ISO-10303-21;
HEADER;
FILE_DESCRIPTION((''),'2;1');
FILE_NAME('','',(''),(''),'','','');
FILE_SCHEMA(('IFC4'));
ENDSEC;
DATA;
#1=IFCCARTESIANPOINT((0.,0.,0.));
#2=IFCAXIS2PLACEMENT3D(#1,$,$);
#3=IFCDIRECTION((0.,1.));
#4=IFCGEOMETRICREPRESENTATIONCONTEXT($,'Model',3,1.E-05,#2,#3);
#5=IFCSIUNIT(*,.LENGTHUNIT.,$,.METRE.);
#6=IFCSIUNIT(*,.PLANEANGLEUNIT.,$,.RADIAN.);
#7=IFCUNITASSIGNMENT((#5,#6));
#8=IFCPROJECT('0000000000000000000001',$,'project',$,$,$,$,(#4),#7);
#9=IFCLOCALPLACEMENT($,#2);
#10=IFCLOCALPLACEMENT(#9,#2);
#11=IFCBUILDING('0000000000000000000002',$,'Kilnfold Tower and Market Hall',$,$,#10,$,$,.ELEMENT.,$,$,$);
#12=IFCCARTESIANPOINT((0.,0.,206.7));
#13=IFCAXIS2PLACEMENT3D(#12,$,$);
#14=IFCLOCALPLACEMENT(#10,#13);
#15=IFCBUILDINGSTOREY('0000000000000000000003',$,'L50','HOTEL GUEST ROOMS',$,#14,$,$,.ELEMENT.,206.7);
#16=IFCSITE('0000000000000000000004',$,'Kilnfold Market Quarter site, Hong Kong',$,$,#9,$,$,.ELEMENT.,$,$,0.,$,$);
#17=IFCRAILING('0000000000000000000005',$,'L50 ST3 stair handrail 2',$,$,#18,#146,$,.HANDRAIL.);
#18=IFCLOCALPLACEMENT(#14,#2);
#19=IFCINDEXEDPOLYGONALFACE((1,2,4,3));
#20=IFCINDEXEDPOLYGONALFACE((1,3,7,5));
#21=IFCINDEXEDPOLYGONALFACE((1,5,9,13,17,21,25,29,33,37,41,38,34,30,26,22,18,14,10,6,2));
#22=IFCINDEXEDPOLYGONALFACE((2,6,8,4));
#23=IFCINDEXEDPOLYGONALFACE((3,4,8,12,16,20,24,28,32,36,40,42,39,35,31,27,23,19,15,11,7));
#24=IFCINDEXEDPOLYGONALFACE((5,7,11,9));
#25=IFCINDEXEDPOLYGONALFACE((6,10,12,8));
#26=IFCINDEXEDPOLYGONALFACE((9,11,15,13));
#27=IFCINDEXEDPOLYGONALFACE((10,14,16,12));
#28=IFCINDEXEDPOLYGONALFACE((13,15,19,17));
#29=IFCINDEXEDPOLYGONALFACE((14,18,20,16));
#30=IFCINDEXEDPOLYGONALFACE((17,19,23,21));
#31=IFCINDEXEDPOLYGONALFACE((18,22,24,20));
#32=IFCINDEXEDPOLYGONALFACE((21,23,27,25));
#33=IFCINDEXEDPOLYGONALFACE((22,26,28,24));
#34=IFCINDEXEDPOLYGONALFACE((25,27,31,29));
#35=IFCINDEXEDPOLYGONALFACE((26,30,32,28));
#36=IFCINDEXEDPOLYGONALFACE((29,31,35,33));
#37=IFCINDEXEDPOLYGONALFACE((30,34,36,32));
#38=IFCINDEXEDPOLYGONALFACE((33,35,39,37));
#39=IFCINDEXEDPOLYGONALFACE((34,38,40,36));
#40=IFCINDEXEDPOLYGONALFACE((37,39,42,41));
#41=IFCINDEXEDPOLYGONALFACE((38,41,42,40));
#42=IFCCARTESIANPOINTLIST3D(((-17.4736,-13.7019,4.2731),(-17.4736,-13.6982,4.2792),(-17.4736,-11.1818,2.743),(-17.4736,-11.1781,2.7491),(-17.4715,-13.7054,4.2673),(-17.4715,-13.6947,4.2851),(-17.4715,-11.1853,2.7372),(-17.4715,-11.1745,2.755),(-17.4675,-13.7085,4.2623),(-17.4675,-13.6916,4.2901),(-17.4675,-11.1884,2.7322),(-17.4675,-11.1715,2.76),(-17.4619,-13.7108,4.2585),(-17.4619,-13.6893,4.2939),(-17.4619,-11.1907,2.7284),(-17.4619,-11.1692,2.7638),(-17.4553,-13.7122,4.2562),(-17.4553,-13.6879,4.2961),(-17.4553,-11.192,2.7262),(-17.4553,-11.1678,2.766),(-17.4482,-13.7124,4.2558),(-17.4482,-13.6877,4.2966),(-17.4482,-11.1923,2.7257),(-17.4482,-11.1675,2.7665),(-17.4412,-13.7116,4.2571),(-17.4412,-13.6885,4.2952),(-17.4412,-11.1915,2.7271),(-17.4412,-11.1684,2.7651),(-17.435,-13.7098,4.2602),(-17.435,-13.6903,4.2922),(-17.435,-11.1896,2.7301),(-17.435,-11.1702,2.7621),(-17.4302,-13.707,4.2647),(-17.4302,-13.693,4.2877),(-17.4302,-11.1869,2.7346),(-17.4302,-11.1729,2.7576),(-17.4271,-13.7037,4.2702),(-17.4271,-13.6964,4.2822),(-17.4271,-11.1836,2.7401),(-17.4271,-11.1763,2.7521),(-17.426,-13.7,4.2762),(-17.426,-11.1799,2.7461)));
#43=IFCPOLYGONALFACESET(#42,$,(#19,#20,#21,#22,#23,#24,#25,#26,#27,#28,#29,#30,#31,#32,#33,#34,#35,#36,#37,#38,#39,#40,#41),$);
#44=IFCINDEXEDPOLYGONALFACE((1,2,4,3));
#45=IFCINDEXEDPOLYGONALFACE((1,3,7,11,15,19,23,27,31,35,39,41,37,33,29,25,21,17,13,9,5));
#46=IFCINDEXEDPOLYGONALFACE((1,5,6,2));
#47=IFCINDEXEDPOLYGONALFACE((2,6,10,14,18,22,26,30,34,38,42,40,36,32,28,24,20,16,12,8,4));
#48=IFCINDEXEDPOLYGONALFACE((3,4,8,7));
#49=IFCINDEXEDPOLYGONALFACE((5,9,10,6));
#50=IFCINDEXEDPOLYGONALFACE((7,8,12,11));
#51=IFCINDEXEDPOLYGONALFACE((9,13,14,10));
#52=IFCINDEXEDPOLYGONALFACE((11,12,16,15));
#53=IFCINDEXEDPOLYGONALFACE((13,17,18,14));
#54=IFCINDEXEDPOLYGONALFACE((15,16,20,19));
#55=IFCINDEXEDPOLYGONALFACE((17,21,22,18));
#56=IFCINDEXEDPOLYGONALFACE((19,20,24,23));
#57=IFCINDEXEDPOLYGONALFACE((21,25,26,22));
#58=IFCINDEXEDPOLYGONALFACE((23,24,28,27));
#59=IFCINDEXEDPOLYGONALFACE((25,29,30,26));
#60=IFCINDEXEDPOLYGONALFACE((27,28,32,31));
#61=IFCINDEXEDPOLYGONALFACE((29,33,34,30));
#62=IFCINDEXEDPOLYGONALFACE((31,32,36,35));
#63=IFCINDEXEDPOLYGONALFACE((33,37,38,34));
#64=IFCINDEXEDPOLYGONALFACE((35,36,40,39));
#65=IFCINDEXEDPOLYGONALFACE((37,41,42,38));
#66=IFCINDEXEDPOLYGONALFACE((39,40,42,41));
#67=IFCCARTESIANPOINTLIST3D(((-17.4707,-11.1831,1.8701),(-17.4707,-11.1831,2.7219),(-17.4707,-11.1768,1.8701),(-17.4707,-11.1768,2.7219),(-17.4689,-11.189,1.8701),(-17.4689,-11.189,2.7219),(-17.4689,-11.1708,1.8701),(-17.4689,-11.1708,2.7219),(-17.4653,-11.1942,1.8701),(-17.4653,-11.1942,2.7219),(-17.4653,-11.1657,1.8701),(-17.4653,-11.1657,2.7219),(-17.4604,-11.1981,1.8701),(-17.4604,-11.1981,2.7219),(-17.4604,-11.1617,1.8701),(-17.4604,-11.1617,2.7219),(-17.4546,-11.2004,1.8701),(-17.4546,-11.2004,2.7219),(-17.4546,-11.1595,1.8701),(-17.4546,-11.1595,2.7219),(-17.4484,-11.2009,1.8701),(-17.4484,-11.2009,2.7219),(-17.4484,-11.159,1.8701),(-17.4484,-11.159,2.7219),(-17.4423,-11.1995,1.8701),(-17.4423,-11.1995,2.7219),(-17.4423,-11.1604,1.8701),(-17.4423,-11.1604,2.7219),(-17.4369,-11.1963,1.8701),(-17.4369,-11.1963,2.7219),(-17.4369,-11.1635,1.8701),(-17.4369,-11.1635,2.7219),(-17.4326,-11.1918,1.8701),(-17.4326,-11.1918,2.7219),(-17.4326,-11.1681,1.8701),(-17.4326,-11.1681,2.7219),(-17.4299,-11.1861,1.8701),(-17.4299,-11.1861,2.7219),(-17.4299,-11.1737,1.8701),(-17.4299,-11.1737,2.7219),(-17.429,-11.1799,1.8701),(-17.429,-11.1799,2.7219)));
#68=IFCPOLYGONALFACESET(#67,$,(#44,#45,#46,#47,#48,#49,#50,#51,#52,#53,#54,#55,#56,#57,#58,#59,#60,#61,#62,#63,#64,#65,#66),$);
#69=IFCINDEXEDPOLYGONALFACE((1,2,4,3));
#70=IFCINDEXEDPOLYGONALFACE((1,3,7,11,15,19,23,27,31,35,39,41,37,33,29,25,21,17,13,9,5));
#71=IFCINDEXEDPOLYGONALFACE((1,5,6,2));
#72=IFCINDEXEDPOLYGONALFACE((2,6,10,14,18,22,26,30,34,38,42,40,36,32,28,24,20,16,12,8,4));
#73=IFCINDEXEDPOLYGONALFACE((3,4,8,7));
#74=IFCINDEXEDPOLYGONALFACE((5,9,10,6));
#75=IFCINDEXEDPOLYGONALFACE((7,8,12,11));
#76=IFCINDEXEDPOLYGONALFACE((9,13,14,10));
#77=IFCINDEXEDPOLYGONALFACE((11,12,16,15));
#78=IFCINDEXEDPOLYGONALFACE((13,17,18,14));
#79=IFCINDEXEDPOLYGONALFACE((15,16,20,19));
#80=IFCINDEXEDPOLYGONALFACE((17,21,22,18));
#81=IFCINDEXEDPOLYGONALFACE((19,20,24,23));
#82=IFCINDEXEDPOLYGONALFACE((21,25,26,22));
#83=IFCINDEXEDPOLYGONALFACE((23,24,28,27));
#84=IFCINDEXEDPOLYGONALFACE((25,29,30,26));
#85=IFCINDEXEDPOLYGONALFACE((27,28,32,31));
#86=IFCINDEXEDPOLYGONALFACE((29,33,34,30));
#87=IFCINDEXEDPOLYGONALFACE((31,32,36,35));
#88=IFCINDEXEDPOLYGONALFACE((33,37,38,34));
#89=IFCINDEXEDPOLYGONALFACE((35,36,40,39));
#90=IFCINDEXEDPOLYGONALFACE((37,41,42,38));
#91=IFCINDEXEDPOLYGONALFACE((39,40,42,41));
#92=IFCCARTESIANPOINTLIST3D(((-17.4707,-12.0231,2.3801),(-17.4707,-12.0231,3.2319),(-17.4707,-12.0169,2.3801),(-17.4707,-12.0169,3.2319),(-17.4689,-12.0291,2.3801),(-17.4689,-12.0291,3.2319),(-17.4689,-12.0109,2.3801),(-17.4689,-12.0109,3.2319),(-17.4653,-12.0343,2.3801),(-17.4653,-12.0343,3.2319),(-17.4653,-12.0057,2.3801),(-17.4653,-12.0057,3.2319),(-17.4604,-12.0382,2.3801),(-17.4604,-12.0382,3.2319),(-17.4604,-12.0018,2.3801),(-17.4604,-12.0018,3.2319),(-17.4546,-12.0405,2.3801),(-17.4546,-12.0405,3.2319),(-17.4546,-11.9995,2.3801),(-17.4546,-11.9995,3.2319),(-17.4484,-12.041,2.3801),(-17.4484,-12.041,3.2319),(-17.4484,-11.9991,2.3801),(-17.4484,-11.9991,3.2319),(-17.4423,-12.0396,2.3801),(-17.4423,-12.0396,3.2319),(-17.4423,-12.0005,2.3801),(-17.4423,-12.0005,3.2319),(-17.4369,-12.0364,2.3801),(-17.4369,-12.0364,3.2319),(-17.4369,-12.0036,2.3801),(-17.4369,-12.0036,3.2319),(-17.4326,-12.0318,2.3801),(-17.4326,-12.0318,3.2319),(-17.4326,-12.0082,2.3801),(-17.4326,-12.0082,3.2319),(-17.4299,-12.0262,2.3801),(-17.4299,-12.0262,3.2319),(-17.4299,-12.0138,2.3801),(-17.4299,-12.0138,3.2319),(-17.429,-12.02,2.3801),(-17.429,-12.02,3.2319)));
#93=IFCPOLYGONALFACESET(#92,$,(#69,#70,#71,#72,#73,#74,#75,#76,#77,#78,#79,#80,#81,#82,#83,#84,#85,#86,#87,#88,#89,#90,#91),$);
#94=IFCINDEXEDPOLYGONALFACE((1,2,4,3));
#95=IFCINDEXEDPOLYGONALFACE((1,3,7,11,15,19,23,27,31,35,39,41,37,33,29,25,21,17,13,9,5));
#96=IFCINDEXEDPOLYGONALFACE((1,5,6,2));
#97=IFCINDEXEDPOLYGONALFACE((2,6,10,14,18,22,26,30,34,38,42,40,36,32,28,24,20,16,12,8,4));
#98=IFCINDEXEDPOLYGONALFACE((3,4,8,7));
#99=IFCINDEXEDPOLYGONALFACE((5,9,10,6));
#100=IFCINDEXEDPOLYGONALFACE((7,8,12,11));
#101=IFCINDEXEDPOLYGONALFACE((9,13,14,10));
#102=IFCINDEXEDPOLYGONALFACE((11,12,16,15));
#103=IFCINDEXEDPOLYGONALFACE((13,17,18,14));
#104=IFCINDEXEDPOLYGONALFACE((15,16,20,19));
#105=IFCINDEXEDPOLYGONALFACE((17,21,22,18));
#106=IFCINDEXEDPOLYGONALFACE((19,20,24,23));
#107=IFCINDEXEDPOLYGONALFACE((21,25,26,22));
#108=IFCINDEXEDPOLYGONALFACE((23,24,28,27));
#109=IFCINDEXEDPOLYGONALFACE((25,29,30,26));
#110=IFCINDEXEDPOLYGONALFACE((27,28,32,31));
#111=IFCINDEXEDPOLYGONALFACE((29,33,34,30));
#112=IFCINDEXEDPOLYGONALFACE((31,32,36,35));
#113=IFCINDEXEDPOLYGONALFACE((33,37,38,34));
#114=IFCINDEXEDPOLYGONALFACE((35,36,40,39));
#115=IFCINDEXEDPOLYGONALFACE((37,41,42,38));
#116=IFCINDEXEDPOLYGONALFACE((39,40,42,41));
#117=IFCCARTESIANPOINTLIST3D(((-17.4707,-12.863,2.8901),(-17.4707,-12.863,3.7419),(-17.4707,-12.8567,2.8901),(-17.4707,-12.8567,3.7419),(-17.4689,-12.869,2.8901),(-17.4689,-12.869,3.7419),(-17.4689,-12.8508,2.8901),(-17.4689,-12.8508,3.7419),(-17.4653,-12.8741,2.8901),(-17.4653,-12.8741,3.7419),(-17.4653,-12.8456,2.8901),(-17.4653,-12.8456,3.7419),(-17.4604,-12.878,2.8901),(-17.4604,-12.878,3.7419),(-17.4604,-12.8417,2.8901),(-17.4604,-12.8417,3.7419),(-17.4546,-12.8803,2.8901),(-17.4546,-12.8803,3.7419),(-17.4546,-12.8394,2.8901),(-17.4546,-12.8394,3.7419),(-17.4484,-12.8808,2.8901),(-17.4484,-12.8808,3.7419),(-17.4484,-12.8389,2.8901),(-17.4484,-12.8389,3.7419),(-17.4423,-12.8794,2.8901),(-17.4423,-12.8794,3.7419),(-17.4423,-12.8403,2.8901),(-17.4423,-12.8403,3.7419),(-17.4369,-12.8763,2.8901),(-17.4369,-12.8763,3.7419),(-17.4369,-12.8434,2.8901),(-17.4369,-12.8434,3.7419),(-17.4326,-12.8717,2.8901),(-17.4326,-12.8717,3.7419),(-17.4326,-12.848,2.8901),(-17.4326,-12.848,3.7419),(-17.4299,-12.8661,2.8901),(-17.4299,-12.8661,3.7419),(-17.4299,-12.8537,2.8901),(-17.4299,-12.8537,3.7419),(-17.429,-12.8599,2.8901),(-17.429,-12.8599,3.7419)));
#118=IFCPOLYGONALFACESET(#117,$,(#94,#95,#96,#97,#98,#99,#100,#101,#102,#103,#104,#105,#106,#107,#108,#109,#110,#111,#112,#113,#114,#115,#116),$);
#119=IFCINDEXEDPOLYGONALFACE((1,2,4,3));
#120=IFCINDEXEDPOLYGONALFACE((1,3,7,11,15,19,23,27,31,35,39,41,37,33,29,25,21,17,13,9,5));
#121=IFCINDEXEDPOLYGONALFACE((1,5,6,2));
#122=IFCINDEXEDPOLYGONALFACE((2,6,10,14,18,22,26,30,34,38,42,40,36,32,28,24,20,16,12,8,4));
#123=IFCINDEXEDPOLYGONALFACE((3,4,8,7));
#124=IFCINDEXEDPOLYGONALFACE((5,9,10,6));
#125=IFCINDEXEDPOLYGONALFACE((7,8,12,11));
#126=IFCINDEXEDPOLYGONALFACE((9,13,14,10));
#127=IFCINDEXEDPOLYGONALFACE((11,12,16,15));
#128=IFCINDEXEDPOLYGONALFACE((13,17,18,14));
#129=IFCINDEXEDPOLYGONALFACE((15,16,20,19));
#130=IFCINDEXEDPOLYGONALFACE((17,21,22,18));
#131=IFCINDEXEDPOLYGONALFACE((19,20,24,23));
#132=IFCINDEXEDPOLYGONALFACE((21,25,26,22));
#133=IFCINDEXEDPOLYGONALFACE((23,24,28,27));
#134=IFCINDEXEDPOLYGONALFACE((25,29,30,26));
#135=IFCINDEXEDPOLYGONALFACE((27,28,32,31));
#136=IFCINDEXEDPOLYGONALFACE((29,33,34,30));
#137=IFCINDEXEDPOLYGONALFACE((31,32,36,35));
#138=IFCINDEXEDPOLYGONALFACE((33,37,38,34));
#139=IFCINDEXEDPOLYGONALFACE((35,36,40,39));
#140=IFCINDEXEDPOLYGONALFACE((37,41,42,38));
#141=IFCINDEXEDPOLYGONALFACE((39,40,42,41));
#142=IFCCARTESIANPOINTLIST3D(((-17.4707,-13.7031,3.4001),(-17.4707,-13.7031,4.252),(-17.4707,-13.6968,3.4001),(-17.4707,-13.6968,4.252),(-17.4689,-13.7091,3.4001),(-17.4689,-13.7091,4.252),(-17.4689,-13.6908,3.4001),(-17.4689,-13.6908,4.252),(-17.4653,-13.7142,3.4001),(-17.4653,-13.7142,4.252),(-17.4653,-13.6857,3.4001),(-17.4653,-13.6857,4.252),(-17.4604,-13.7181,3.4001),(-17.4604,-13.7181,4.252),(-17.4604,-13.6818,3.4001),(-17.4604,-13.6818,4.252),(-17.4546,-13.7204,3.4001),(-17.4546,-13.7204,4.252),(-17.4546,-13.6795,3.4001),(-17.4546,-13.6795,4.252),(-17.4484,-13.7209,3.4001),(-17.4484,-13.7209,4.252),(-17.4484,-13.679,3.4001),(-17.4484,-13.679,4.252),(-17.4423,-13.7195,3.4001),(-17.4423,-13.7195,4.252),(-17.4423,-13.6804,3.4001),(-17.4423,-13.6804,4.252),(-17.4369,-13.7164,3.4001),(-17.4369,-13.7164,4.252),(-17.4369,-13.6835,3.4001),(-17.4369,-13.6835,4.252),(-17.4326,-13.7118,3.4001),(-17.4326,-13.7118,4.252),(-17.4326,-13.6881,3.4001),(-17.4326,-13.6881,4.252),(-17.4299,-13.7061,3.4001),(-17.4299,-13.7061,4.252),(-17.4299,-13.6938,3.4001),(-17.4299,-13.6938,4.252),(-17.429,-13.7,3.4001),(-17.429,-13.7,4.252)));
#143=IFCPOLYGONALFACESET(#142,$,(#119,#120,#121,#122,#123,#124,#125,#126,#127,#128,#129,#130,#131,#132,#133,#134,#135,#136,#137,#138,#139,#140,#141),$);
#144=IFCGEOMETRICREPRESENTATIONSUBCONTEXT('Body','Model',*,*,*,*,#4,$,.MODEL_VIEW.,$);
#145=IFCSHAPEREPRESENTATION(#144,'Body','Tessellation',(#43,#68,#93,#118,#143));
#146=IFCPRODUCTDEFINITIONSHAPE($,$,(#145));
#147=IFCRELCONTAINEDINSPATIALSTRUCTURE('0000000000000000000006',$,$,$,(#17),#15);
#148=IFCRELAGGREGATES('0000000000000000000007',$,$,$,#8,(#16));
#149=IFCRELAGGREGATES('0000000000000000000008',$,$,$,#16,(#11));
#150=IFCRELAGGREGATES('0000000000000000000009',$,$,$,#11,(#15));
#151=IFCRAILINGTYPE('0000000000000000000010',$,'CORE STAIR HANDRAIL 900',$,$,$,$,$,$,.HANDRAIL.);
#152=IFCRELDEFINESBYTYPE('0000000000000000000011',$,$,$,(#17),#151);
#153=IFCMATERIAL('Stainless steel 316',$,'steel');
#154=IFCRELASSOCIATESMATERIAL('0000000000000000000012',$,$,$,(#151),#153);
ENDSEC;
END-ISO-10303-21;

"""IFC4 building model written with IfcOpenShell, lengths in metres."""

from ifc_helpers import new_model, si_unit, direction, frame, origin, origin_2d, place, context, subcontext, project, spatial, circle, extrude, material, type_object, element, save


model = new_model("IFC4")

# Units and contexts
model_context = context("Model", 3, precision=1e-05, world=origin(), true_north=direction((0.0, 1.0)))
body_context = subcontext(model_context, "Body", "Model", "MODEL_VIEW")
ifc_project = project(units=[si_unit("LENGTHUNIT", "METRE"), si_unit("PLANEANGLEUNIT", "RADIAN")], contexts=[model_context])

# Site, building, storey
site_placement = place(None, origin())
site = spatial("IfcSite", under=ifc_project, at=site_placement, Name="Kilnfold Market Quarter site, Hong Kong", CompositionType="ELEMENT", RefElevation=0.0)
building_placement = place(site_placement, origin())
building = spatial("IfcBuilding", under=site, at=building_placement, Name="Kilnfold Tower and Market Hall", CompositionType="ELEMENT")
storey_placement = place(building_placement, frame((0.0, 0.0, 206.7)))
storey = spatial("IfcBuildingStorey", under=building, at=storey_placement, Name="L50", Description="HOTEL GUEST ROOMS", CompositionType="ELEMENT", Elevation=206.7)

# Railing
ifc_material_1 = material(Name="Stainless steel 316", Category="steel")
railing_type_1 = type_object("IfcRailingType", Name="CORE STAIR HANDRAIL 900", PredefinedType="HANDRAIL", material=ifc_material_1)
railing_1_placement = place(storey_placement, frame((-17.45, -11.1799, 1.8701)))
element("IfcRailing", 1, at=railing_1_placement, inside=storey, type_object=railing_type_1, Name="L50 ST3 stair handrail 2", PredefinedType="HANDRAIL", context=body_context, shape_type="SweptSolid", body=[
    extrude(circle(Radius=0.0239, at=origin_2d()), frame((0.0, 0.0, 0.876), z_axis=(0.0, -0.854785, 0.518982), x_axis=(1.0, 0.0, 0.0)), (0.0, 0.0, 1.0), 2.9482),
    extrude(circle(Radius=0.021, at=origin_2d()), origin(), (0.0, 0.0, 1.0), 0.8518),
    extrude(circle(Radius=0.021, at=origin_2d()), frame((0.0, -0.8401, 0.51)), (0.0, 0.0, 1.0), 0.8518),
    extrude(circle(Radius=0.021, at=origin_2d()), frame((0.0, -1.6799, 1.02)), (0.0, 0.0, 1.0), 0.8518),
    extrude(circle(Radius=0.021, at=origin_2d()), frame((0.0, -2.52, 1.53)), (0.0, 0.0, 1.0), 0.8518),
])

save(model, "model.ifc")
